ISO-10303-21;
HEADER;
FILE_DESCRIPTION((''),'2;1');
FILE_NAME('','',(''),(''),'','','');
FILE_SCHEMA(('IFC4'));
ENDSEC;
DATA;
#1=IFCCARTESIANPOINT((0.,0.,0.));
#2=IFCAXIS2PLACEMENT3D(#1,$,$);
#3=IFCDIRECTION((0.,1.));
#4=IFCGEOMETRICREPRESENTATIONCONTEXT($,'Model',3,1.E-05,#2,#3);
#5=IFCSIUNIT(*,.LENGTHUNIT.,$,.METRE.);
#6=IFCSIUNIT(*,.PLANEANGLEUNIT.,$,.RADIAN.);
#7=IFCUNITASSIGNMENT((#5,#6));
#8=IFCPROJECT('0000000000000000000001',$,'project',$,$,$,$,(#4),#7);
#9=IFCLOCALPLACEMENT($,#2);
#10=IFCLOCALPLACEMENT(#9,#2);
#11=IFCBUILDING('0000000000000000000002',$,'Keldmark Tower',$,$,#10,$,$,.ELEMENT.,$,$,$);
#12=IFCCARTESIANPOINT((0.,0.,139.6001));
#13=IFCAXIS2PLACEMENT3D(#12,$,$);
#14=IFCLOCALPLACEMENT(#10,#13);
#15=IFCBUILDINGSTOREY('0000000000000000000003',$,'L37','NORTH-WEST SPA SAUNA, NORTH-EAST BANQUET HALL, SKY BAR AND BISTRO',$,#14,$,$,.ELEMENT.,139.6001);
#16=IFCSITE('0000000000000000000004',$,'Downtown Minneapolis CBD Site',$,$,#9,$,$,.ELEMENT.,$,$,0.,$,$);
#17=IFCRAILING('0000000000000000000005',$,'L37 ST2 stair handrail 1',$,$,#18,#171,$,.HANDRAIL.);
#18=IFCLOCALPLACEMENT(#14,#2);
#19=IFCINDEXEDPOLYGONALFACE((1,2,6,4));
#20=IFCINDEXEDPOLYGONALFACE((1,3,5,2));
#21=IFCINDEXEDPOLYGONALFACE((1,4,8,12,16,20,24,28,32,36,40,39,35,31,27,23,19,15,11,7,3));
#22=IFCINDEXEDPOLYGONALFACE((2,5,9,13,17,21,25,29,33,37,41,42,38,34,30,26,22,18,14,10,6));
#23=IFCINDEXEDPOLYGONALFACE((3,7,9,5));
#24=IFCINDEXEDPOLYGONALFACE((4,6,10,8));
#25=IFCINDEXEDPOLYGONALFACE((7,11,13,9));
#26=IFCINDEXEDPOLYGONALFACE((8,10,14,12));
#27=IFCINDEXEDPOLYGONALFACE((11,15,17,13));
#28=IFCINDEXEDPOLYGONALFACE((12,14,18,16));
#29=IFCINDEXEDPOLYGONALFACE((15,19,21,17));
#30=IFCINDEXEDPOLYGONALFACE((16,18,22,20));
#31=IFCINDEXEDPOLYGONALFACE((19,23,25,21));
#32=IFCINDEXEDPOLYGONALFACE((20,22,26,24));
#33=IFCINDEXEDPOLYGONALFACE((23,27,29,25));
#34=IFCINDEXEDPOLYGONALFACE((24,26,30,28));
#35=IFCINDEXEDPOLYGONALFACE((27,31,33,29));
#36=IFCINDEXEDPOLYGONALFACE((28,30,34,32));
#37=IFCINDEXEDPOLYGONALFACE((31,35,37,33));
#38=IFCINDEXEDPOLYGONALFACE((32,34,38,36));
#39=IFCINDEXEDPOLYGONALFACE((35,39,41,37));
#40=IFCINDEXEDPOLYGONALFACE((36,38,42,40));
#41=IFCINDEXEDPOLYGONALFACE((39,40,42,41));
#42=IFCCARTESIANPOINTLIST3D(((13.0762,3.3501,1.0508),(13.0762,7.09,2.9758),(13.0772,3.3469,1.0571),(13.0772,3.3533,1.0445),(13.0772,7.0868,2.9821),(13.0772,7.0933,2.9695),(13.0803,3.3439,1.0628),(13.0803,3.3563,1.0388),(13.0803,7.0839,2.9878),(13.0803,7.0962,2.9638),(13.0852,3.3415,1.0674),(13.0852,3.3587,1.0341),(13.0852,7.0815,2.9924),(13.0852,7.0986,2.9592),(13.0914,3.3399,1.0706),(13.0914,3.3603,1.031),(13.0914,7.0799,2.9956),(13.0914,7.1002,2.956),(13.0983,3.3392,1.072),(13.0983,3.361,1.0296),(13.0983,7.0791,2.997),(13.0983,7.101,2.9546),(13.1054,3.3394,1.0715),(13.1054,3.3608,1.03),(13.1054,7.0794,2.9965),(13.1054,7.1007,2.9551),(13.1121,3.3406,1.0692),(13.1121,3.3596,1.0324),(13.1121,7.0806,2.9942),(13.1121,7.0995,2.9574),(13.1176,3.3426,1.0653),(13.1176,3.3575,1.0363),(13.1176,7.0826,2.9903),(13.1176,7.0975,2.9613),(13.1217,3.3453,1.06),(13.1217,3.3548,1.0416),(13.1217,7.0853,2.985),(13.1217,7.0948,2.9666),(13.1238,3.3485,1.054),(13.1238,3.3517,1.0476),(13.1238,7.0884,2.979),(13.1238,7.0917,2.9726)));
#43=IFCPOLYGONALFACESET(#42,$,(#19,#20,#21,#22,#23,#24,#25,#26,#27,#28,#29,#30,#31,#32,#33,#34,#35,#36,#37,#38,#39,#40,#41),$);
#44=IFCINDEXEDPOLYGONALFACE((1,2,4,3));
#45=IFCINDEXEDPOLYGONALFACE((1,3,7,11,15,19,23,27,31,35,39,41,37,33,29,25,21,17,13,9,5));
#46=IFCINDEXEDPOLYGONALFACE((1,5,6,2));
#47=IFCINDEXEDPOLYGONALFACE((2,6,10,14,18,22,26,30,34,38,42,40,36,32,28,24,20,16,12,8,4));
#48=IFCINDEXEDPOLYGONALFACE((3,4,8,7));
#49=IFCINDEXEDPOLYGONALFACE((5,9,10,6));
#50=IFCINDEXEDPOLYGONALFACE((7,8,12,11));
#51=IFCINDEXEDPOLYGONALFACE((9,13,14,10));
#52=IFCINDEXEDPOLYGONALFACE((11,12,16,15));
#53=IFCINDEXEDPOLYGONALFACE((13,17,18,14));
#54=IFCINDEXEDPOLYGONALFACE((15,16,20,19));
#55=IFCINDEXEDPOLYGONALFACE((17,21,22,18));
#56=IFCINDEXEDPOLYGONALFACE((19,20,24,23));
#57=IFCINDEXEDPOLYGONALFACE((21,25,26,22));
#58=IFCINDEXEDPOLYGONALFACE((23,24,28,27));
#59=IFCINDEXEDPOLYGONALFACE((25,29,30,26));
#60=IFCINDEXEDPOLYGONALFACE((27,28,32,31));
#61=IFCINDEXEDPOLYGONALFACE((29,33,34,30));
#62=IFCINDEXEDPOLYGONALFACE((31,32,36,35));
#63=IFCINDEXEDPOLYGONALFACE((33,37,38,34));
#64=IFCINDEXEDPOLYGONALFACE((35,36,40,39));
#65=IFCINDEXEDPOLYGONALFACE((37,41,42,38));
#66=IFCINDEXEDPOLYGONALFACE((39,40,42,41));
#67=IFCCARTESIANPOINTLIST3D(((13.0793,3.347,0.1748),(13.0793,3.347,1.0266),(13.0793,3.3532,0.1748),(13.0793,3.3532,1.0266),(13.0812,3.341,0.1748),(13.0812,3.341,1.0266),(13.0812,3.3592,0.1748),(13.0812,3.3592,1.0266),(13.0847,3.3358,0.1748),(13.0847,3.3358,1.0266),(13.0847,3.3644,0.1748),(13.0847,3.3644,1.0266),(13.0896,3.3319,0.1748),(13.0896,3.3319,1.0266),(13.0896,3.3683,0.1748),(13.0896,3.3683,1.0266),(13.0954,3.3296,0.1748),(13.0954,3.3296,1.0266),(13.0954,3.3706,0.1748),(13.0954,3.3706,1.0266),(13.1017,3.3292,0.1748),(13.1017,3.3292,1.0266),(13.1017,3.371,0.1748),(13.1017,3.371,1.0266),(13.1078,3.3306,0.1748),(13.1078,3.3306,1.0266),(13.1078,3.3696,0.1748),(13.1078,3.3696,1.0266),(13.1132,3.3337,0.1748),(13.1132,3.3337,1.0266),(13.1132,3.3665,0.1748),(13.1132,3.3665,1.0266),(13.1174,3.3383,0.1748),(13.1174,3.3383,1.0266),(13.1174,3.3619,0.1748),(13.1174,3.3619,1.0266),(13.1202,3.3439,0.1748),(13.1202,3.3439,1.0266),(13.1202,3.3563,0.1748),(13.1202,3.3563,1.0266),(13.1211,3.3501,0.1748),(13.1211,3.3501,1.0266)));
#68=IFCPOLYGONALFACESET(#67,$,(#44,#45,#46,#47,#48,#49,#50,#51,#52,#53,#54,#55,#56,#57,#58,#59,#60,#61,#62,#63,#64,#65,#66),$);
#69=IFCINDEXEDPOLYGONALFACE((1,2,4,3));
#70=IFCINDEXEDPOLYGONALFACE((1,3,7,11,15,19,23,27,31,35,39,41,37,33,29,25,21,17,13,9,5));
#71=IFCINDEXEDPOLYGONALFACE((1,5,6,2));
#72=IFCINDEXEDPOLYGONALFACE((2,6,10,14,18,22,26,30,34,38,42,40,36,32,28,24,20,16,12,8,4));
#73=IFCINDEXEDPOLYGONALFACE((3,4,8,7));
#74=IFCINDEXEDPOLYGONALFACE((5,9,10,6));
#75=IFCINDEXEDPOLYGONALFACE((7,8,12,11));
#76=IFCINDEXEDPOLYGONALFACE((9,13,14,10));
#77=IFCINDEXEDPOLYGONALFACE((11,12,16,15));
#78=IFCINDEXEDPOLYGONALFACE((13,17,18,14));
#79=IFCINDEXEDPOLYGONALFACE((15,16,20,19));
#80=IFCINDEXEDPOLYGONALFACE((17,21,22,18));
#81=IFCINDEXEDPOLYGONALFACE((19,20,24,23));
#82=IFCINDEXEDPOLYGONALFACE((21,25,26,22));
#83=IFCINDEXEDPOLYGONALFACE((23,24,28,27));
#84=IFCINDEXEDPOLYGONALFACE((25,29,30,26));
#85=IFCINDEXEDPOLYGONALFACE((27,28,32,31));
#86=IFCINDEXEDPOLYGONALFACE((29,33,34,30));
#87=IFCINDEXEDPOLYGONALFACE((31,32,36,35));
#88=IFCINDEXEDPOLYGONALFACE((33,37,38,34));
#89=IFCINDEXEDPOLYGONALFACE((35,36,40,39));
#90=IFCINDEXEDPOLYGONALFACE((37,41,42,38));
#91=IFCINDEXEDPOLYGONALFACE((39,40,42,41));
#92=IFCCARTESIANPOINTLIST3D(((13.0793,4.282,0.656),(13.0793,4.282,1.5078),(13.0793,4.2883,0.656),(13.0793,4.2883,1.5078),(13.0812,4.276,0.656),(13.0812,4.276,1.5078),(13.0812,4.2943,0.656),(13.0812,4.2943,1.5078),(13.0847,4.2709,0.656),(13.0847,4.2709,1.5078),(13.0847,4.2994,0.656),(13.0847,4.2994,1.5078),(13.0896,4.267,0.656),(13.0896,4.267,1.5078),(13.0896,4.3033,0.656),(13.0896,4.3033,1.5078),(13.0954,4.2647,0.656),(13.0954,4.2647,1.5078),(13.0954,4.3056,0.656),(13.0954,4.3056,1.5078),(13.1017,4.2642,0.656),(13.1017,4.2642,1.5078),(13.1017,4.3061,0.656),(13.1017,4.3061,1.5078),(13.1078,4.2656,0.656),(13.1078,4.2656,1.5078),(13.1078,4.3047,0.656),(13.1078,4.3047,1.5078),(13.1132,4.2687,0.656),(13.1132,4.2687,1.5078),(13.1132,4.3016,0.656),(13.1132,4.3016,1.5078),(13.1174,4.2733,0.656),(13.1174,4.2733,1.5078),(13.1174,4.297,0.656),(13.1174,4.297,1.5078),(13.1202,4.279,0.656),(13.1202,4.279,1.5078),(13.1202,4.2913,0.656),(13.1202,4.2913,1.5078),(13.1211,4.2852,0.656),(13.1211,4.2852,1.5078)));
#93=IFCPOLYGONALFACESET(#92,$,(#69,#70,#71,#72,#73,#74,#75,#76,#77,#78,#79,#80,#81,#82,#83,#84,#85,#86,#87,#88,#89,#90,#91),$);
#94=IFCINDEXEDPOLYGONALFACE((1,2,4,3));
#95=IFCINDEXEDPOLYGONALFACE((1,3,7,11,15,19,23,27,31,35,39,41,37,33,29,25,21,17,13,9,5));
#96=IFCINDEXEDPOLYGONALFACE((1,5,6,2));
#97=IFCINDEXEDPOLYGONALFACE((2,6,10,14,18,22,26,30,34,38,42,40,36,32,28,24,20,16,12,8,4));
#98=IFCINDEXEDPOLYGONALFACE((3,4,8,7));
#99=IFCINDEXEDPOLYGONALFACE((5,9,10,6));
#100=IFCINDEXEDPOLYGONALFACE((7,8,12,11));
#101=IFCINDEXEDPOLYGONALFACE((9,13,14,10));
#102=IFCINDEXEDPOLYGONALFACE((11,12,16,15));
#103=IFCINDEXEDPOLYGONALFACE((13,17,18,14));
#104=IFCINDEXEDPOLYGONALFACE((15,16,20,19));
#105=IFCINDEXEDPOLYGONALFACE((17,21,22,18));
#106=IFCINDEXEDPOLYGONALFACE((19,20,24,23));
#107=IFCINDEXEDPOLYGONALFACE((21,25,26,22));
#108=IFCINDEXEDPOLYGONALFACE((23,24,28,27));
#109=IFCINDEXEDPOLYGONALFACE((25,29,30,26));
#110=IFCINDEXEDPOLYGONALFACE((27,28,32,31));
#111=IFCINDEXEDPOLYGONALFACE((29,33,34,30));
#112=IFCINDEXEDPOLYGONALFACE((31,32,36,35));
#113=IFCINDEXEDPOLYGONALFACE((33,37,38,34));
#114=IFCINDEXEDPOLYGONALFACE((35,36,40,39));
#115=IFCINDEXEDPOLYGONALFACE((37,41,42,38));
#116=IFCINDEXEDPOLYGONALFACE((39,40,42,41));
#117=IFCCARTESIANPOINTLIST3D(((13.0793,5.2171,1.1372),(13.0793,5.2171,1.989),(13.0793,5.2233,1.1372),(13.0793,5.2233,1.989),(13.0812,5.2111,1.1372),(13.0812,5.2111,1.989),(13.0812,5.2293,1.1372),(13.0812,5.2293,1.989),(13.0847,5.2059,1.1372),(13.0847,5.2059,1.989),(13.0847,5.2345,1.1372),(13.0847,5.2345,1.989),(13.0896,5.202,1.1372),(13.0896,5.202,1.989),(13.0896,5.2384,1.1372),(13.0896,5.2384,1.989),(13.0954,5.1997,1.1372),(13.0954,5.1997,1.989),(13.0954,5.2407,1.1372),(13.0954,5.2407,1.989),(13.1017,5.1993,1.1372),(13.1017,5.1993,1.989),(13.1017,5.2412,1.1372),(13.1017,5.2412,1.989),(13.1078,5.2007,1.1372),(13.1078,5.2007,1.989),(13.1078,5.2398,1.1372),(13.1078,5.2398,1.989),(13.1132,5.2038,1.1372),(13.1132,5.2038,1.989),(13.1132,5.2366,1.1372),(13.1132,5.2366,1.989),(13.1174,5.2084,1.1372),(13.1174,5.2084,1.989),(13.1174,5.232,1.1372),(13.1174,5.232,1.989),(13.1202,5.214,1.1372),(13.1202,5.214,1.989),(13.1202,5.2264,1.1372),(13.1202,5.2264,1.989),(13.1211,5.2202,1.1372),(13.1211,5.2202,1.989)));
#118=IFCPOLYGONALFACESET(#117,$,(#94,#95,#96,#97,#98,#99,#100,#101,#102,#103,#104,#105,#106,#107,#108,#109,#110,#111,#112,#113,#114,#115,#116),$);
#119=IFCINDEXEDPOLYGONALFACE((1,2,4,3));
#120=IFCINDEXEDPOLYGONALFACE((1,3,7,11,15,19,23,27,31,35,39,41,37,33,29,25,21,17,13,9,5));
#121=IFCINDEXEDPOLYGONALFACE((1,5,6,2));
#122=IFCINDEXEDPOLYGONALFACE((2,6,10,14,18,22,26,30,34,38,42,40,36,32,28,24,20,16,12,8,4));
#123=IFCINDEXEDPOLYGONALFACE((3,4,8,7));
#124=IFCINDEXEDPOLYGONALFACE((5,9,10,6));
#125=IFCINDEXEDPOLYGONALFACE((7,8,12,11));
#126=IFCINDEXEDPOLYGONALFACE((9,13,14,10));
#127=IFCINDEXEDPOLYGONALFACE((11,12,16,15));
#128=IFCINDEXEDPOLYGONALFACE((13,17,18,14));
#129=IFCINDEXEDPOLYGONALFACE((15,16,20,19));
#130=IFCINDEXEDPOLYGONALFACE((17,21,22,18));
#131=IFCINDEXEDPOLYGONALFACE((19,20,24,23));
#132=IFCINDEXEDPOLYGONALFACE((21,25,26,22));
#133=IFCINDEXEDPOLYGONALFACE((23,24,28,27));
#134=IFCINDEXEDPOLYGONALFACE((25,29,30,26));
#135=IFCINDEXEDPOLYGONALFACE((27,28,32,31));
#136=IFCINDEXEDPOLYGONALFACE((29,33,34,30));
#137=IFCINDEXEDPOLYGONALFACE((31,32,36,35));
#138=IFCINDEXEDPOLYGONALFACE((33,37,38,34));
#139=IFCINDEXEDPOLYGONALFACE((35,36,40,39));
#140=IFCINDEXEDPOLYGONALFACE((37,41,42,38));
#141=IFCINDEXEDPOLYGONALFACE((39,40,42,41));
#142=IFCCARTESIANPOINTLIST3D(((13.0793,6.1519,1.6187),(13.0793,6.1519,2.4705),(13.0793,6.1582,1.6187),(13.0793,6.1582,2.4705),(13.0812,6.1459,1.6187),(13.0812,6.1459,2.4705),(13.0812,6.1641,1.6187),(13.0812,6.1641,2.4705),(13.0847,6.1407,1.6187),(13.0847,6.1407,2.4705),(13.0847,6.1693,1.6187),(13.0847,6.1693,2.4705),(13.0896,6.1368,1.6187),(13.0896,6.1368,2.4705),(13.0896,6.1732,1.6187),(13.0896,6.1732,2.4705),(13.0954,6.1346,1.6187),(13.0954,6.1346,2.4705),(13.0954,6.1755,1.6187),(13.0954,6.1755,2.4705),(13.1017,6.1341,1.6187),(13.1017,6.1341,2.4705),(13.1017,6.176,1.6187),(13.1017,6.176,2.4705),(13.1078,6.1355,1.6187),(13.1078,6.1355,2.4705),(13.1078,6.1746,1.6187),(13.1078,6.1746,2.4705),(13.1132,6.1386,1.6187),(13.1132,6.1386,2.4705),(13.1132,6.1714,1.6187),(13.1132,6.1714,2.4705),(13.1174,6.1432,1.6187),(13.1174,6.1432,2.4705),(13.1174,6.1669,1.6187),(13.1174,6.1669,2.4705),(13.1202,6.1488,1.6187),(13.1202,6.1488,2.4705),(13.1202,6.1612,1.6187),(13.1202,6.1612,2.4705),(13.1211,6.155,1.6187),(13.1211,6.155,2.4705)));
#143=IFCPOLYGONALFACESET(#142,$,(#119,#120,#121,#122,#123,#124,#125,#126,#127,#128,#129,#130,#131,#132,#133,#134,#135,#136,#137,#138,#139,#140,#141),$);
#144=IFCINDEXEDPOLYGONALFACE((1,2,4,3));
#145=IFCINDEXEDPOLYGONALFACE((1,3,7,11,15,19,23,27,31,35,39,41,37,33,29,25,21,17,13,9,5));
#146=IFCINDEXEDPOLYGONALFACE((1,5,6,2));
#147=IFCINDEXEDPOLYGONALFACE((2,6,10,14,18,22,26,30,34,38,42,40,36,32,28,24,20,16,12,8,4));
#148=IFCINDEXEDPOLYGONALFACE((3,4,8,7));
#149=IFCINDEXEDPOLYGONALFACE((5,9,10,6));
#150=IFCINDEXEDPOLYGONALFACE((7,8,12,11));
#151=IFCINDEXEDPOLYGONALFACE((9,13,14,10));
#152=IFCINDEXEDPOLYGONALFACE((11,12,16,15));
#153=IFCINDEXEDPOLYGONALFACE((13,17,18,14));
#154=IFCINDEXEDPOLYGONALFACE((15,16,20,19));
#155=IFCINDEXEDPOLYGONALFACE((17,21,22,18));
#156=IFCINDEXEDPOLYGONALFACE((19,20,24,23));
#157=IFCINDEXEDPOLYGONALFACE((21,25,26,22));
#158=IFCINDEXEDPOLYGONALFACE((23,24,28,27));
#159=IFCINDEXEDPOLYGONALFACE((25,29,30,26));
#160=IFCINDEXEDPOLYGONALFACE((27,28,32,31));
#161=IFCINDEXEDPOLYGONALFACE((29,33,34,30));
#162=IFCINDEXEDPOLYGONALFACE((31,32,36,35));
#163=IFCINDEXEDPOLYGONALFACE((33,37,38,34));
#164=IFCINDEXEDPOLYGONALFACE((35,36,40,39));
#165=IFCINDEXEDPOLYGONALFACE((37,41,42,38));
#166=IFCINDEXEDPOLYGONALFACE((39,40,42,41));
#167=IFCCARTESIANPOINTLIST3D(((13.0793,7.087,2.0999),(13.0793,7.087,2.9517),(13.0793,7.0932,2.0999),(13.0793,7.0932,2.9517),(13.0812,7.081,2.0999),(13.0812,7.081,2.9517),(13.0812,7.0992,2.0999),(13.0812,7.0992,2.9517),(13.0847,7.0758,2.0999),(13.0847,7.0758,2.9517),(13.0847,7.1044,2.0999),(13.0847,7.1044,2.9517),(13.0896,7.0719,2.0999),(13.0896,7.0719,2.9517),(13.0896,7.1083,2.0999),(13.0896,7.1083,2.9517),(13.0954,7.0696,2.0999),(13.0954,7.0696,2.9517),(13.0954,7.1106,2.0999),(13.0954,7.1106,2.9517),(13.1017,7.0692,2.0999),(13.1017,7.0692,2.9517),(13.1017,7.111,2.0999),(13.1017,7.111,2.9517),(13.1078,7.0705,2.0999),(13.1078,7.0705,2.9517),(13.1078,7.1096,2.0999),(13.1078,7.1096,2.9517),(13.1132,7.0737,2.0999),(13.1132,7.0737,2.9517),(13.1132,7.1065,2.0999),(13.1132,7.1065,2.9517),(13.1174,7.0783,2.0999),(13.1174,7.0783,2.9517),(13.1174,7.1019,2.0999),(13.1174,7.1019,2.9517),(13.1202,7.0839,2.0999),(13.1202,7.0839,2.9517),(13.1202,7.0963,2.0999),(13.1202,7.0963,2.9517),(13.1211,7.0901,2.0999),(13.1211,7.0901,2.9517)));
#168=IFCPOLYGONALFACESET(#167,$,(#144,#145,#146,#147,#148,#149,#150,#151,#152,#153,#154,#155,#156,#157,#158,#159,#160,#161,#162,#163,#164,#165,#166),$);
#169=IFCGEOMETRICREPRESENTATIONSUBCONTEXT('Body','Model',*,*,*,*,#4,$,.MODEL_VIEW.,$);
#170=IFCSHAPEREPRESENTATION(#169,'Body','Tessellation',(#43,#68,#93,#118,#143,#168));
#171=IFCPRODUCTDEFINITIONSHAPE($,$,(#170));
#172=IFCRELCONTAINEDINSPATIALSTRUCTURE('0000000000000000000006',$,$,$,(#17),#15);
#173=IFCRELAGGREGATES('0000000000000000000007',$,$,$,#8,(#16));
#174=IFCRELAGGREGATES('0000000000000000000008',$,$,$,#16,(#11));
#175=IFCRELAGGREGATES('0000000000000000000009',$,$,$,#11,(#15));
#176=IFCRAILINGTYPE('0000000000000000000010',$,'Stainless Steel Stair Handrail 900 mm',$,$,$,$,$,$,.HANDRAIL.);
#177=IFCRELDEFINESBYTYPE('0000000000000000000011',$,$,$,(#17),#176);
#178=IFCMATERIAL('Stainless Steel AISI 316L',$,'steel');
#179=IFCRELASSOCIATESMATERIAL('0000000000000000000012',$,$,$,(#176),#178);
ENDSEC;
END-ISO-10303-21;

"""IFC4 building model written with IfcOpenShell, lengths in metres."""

from ifc_helpers import new_model, si_unit, direction, frame, origin, origin_2d, place, context, subcontext, project, spatial, circle, extrude, material, type_object, element, save


model = new_model("IFC4")

# Units and contexts
model_context = context("Model", 3, precision=1e-05, world=origin(), true_north=direction((0.0, 1.0)))
body_context = subcontext(model_context, "Body", "Model", "MODEL_VIEW")
ifc_project = project(units=[si_unit("LENGTHUNIT", "METRE"), si_unit("PLANEANGLEUNIT", "RADIAN")], contexts=[model_context])

# Site, building, storey
site_placement = place(None, origin())
site = spatial("IfcSite", under=ifc_project, at=site_placement, Name="Downtown Minneapolis CBD Site", CompositionType="ELEMENT", RefElevation=0.0)
building_placement = place(site_placement, origin())
building = spatial("IfcBuilding", under=site, at=building_placement, Name="Keldmark Tower", CompositionType="ELEMENT")
storey_placement = place(building_placement, frame((0.0, 0.0, 139.6001)))
storey = spatial("IfcBuildingStorey", under=building, at=storey_placement, Name="L37", Description="NORTH-WEST SPA SAUNA, NORTH-EAST BANQUET HALL, SKY BAR AND BISTRO", CompositionType="ELEMENT", Elevation=139.6001)

# Railing
ifc_material_1 = material(Name="Stainless Steel AISI 316L", Category="steel")
railing_type_1 = type_object("IfcRailingType", Name="Stainless Steel Stair Handrail 900 mm", PredefinedType="HANDRAIL", material=ifc_material_1)
railing_1_placement = place(storey_placement, frame((13.1001, 3.3501, 0.1748)))
element("IfcRailing", 1, at=railing_1_placement, inside=storey, type_object=railing_type_1, Name="L37 ST2 stair handrail 1", PredefinedType="HANDRAIL", context=body_context, shape_type="SweptSolid", body=[
    extrude(circle(Radius=0.0239, at=origin_2d()), frame((0.0, 0.0, 0.876), z_axis=(0.0, 0.889131, 0.457654), x_axis=(-1.0, 0.0, 0.0)), (0.0, 0.0, 1.0), 4.2063),
    extrude(circle(Radius=0.021, at=origin_2d()), origin(), (0.0, 0.0, 1.0), 0.8518),
    extrude(circle(Radius=0.021, at=origin_2d()), frame((0.0, 0.9351, 0.4812)), (0.0, 0.0, 1.0), 0.8518),
    extrude(circle(Radius=0.021, at=origin_2d()), frame((0.0, 1.8701, 0.9624)), (0.0, 0.0, 1.0), 0.8518),
    extrude(circle(Radius=0.021, at=origin_2d()), frame((0.0, 2.8049, 1.4438)), (0.0, 0.0, 1.0), 0.8518),
    extrude(circle(Radius=0.021, at=origin_2d()), frame((0.0, 3.74, 1.925)), (0.0, 0.0, 1.0), 0.8518),
])

save(model, "model.ifc")
